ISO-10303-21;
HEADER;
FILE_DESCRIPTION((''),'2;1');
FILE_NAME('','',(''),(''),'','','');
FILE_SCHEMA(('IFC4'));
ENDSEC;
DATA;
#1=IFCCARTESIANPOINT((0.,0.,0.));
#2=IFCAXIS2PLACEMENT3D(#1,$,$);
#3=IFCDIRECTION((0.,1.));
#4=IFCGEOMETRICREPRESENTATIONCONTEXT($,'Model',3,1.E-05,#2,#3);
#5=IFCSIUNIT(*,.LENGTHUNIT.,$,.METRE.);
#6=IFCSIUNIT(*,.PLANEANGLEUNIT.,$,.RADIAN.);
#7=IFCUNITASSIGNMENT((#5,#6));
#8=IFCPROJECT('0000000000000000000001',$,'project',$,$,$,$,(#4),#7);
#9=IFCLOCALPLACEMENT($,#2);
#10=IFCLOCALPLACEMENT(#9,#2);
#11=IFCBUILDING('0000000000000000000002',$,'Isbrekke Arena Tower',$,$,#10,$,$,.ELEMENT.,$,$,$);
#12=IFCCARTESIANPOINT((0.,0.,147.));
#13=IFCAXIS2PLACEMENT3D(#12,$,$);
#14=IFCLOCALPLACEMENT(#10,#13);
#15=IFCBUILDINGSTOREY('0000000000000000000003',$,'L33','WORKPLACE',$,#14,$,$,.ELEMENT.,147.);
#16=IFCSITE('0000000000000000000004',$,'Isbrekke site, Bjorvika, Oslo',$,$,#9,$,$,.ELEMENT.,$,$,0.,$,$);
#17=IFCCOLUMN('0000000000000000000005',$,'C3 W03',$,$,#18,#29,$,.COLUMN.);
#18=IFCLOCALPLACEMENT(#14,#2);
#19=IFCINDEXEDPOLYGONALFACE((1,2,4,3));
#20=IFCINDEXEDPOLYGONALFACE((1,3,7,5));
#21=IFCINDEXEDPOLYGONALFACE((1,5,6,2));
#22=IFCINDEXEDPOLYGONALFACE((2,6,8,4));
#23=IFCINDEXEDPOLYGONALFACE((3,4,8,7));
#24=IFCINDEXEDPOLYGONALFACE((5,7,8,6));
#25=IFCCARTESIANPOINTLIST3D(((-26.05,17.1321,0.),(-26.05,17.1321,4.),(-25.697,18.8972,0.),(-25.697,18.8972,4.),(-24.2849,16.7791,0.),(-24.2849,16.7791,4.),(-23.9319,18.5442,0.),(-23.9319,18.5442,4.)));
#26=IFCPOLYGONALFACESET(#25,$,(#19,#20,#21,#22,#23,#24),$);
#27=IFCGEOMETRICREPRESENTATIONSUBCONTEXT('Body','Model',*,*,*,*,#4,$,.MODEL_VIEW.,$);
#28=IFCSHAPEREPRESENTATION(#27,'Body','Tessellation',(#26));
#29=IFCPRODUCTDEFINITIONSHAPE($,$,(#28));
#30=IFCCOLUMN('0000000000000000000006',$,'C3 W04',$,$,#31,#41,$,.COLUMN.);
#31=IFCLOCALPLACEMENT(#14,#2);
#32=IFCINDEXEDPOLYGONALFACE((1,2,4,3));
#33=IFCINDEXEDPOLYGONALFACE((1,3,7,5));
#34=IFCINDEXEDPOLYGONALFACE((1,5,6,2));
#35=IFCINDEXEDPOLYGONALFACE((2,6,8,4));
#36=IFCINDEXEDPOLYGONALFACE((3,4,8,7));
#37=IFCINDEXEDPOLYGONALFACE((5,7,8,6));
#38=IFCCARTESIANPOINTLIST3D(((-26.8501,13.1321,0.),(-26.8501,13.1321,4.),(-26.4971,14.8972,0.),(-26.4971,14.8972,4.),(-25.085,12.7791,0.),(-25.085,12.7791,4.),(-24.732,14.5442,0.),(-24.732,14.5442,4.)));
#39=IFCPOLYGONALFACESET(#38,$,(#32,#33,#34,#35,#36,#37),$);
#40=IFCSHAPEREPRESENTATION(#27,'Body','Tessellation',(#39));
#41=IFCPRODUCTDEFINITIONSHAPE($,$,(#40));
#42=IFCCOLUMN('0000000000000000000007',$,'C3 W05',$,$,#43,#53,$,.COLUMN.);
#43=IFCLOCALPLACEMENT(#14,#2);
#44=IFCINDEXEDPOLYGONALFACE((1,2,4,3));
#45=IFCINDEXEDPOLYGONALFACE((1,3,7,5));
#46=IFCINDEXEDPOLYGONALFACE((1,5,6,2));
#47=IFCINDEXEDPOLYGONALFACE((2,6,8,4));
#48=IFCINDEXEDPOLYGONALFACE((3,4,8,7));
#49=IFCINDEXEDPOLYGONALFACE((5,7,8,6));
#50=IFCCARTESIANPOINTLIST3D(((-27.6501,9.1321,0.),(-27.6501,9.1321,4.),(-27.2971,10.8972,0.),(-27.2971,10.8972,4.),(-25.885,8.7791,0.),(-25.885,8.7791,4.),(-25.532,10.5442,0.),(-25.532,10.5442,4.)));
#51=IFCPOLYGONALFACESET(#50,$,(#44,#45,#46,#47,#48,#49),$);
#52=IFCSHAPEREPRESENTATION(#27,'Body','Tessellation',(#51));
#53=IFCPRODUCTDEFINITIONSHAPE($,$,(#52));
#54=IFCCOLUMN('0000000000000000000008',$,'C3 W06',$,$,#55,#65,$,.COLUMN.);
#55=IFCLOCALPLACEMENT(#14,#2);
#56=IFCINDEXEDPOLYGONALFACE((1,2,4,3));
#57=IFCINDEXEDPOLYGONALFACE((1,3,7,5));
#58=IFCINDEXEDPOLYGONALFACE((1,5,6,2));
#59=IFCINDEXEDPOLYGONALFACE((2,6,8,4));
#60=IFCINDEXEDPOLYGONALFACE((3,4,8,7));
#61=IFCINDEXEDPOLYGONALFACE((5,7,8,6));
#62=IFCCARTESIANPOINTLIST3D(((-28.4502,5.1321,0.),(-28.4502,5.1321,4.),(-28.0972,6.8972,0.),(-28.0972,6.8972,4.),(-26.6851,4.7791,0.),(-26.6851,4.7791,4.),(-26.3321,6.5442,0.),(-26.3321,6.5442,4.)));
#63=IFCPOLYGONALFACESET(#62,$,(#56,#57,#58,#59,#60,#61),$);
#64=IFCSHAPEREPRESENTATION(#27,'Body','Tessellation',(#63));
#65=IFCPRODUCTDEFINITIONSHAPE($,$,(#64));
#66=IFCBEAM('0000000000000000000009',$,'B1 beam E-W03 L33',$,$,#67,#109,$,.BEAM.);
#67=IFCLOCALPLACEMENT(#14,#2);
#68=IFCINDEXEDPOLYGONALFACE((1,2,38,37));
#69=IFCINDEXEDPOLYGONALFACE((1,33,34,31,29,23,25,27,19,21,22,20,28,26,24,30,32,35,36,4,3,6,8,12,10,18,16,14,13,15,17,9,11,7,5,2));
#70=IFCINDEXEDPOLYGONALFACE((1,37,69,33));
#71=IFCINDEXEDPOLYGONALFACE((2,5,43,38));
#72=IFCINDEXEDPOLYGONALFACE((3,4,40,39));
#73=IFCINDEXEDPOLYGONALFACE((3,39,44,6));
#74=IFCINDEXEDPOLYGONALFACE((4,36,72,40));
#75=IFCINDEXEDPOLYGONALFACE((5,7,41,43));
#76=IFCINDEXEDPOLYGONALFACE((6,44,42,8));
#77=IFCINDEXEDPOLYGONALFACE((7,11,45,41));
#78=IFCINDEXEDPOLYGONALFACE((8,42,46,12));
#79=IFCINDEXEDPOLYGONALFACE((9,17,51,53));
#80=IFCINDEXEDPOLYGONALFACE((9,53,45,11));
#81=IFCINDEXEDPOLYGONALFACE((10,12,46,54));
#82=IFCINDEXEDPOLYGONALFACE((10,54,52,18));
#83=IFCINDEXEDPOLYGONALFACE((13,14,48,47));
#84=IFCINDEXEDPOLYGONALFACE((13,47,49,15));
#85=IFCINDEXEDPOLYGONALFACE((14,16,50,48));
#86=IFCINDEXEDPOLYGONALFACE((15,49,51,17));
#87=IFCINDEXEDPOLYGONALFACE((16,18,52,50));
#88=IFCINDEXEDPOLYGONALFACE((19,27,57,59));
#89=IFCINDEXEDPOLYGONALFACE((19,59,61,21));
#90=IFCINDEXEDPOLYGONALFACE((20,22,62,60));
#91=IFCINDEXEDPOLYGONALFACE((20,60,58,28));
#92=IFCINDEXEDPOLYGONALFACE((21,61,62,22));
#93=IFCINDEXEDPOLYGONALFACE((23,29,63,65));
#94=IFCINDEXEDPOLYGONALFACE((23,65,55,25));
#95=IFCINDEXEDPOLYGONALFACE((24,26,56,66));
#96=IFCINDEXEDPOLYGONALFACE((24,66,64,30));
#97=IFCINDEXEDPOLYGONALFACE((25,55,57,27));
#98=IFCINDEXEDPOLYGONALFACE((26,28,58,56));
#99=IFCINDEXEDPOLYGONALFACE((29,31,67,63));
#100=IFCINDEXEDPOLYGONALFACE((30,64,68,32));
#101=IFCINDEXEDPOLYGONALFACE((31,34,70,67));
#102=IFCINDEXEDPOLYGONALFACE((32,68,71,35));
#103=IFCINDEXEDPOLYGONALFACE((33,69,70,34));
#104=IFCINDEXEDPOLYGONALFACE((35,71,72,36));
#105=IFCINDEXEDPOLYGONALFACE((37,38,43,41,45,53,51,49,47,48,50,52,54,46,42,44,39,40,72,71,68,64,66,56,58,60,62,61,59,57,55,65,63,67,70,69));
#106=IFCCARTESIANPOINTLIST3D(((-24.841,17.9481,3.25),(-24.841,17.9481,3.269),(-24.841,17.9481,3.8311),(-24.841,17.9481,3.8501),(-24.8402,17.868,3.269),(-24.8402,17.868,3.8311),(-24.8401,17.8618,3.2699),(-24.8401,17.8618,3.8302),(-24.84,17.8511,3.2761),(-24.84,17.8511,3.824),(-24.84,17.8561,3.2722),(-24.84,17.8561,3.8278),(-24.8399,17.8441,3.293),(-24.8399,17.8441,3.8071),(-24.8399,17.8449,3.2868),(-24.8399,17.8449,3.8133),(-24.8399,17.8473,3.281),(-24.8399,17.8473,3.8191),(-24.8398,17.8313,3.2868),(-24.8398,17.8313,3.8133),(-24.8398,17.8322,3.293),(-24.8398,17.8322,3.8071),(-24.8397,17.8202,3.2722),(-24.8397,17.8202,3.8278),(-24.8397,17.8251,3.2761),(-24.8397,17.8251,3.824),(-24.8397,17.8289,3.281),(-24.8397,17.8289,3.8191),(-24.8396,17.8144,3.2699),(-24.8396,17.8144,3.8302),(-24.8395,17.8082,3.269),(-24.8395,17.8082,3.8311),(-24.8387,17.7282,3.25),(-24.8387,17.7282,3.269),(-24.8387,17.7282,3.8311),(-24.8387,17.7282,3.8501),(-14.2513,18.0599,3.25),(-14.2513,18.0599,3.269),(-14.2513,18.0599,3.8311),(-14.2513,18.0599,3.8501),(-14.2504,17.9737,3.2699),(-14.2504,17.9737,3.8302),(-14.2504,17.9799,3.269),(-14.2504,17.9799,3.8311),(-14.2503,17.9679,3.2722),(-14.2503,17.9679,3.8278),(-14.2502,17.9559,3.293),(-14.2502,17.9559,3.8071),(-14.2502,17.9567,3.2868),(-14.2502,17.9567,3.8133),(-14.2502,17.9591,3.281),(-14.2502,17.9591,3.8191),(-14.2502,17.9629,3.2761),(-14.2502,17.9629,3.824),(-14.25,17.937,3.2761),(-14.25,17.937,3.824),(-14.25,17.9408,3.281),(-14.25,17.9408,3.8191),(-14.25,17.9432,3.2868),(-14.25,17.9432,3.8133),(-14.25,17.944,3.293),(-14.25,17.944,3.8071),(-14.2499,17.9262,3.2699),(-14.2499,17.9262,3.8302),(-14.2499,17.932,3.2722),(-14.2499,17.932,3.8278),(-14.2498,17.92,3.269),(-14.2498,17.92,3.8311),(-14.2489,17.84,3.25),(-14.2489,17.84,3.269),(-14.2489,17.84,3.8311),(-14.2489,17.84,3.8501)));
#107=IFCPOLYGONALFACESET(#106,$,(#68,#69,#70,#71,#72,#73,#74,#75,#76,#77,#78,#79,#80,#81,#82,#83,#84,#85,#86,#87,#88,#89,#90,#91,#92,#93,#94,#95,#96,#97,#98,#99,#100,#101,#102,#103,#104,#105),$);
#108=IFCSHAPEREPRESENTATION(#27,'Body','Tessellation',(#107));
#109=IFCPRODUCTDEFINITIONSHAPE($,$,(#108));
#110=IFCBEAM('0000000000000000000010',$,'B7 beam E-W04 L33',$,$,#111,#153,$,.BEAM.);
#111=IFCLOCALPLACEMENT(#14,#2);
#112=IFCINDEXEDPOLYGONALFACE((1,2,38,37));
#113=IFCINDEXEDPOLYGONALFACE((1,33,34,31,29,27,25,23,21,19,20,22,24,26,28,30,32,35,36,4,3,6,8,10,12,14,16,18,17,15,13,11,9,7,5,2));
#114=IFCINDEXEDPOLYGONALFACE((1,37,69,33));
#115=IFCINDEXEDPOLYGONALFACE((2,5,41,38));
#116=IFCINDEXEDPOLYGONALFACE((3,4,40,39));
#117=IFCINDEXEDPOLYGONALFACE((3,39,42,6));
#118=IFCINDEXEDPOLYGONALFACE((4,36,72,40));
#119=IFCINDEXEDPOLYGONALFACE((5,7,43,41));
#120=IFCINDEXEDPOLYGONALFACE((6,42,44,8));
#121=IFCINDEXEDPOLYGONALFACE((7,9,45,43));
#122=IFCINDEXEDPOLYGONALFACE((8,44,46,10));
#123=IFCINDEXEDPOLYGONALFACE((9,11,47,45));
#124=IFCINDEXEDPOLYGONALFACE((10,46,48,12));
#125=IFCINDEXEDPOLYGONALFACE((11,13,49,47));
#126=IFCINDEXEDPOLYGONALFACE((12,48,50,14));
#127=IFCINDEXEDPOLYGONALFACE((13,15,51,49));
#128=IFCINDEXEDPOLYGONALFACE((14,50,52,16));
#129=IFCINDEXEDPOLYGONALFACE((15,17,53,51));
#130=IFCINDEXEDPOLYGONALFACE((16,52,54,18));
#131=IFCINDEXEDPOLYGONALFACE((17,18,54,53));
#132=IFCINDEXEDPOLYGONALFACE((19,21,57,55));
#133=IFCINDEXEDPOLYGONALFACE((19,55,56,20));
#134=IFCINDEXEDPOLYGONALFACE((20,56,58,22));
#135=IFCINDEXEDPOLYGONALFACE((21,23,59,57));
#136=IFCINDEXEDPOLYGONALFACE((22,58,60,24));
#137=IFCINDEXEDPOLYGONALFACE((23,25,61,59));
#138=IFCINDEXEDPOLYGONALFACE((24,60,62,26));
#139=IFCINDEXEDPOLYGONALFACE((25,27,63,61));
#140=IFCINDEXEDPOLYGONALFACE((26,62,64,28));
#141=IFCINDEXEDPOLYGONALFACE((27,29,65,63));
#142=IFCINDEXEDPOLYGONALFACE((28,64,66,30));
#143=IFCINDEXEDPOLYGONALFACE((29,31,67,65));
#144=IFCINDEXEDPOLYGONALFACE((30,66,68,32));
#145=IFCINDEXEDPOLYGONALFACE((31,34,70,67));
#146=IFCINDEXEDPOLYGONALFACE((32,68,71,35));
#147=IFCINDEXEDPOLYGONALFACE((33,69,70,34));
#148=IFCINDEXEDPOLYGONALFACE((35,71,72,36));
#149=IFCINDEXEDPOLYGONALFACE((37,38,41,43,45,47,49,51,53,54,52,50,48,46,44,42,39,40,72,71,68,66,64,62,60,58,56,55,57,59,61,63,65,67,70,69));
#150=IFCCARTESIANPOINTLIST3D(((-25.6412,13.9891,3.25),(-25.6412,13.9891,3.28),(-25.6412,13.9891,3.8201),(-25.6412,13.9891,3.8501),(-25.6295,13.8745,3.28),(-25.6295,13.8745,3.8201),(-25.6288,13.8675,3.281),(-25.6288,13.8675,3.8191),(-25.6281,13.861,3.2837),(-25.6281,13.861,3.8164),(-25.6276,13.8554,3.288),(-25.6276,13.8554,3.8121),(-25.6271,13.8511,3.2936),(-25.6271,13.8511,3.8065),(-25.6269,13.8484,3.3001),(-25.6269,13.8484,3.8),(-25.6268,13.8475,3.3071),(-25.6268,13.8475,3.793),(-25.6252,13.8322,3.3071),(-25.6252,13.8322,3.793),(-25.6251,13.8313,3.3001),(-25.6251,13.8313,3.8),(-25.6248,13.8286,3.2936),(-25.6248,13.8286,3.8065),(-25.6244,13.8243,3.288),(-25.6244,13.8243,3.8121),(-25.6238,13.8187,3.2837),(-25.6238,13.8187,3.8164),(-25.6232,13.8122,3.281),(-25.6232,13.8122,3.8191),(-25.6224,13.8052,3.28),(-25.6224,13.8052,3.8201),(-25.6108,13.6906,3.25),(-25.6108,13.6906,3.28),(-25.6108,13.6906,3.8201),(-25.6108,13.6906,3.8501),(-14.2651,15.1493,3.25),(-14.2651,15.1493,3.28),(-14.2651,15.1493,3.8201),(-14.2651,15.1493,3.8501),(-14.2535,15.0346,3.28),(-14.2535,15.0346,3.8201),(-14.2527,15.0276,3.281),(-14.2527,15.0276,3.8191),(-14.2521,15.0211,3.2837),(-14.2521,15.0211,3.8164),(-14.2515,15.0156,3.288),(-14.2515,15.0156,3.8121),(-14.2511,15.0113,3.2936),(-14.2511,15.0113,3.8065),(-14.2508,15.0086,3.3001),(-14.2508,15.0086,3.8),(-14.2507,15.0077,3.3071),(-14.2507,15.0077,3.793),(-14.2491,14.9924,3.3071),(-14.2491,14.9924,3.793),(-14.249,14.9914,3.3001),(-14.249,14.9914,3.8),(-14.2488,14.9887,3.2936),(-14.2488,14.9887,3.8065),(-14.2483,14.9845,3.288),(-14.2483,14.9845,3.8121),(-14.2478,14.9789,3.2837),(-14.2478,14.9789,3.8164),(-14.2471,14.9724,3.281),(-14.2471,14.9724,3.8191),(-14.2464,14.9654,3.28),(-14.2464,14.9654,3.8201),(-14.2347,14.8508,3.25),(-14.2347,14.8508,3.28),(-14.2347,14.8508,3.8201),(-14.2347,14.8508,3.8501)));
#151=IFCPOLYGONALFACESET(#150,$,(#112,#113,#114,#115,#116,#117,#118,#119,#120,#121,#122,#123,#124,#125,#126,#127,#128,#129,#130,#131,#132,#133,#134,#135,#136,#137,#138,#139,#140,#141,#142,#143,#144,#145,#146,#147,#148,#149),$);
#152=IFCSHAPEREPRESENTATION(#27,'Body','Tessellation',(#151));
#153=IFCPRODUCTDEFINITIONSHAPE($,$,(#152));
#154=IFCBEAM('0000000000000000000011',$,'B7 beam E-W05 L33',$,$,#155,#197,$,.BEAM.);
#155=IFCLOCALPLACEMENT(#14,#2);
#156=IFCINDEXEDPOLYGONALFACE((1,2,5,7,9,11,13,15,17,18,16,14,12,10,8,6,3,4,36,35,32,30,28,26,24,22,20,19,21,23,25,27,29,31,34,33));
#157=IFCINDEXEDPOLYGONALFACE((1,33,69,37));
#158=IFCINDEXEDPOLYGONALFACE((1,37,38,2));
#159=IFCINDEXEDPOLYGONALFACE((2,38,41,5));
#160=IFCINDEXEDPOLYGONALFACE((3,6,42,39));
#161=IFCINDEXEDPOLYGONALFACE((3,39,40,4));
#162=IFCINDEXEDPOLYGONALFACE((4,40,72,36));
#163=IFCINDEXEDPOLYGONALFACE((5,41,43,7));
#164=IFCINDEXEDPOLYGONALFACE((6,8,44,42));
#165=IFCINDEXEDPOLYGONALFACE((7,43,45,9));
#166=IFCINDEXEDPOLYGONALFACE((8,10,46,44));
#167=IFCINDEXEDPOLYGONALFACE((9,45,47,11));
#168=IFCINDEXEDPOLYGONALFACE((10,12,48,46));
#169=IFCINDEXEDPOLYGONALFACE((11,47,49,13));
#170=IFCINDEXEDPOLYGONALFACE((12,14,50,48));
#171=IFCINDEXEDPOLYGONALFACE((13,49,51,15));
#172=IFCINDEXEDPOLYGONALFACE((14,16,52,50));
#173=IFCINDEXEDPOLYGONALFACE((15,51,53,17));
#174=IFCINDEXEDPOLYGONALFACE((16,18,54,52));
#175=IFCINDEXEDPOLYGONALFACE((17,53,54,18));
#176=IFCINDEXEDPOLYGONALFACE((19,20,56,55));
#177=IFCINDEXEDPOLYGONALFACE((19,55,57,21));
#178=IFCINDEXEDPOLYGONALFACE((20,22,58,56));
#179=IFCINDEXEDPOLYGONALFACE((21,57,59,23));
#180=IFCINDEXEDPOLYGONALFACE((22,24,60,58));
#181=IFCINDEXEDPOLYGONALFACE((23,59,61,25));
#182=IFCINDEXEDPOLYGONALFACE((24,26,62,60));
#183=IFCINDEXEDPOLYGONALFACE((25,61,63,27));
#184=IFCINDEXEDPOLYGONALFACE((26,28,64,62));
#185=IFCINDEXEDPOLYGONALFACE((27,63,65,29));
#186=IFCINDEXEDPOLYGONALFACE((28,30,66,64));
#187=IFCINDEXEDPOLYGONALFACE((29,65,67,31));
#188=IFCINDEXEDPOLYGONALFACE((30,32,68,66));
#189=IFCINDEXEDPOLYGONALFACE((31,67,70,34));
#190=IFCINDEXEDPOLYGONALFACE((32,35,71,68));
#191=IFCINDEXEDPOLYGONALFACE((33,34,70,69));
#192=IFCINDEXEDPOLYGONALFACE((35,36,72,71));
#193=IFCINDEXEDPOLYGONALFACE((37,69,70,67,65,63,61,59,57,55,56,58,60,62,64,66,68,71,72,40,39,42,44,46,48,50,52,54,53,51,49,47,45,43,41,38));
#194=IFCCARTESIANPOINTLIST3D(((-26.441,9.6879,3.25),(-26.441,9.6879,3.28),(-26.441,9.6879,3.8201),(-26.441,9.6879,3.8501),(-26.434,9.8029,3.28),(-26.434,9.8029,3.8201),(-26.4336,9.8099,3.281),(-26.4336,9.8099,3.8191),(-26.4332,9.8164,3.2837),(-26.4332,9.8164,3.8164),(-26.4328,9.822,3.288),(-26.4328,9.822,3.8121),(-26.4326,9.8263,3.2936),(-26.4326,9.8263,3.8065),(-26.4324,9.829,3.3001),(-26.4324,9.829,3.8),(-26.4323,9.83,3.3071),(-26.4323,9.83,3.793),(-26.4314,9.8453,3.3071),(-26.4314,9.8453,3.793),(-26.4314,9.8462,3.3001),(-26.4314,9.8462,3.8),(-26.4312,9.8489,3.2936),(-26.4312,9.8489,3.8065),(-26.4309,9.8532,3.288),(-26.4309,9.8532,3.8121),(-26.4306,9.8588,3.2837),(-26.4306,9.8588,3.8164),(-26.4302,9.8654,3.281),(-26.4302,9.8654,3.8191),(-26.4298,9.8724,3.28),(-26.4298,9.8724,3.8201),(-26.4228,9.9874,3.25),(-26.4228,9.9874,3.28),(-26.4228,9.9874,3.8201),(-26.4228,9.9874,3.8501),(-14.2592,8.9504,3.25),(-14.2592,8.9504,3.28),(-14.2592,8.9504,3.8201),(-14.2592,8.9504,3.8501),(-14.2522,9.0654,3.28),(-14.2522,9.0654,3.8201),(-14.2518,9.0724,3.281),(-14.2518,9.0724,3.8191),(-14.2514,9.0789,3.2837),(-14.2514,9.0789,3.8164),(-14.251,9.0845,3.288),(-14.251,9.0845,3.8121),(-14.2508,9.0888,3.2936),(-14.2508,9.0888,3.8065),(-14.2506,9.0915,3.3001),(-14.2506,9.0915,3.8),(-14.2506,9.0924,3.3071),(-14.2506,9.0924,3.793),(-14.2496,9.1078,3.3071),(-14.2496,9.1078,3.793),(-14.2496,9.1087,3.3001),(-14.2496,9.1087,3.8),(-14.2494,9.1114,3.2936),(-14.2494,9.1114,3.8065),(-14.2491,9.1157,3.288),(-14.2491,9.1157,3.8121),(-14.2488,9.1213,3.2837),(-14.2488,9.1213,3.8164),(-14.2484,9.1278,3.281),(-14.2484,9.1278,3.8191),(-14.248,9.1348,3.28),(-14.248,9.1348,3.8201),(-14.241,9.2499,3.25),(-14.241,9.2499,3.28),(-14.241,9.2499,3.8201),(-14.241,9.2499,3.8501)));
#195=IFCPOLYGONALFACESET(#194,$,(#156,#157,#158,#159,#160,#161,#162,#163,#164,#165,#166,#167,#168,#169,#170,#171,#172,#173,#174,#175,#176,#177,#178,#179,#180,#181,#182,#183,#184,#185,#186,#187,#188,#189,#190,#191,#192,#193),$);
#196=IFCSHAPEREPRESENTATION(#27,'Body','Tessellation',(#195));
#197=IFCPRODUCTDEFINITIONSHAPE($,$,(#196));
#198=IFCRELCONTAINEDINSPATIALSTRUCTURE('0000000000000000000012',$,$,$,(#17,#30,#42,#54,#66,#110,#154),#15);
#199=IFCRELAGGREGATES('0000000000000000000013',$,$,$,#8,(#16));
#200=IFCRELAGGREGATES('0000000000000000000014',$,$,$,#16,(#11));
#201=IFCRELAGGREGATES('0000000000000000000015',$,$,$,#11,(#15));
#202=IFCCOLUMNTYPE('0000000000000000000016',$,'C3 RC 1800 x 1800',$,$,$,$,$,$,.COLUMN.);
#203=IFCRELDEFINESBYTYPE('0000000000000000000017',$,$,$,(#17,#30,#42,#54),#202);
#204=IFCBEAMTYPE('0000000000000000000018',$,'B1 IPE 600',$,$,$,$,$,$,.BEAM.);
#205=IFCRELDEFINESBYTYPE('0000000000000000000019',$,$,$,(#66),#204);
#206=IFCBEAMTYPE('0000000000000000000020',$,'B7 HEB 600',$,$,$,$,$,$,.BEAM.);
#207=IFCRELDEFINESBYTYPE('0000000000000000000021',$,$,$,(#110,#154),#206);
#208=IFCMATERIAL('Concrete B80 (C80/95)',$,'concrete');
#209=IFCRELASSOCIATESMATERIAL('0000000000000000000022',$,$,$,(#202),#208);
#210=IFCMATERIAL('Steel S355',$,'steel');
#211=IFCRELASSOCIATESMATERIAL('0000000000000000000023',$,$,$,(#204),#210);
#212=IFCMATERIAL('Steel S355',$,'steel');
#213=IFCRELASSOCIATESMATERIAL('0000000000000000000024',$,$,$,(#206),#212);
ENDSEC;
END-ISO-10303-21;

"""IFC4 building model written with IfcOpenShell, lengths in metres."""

from ifc_helpers import new_model, si_unit, direction, frame, origin, origin_2d, place, context, subcontext, project, spatial, rectangle, i_section, extrude, material, material_profile, profile_set, type_object, element, save


model = new_model("IFC4")

# Units and contexts
model_context = context("Model", 3, precision=1e-05, world=origin(), true_north=direction((0.0, 1.0)))
body_context = subcontext(model_context, "Body", "Model", "MODEL_VIEW")
ifc_project = project(units=[si_unit("LENGTHUNIT", "METRE"), si_unit("PLANEANGLEUNIT", "RADIAN")], contexts=[model_context])

# Site, building, storey
site_placement = place(None, origin())
site = spatial("IfcSite", under=ifc_project, at=site_placement, Name="Isbrekke site, Bjorvika, Oslo", CompositionType="ELEMENT", RefElevation=0.0)
building_placement = place(site_placement, origin())
building = spatial("IfcBuilding", under=site, at=building_placement, Name="Isbrekke Arena Tower", CompositionType="ELEMENT")
storey_placement = place(building_placement, frame((0.0, 0.0, 147.0)))
storey = spatial("IfcBuildingStorey", under=building, at=storey_placement, Name="L33", Description="WORKPLACE", CompositionType="ELEMENT", Elevation=147.0)

# Columns
ifc_material_1 = material(Name="Concrete B80 (C80/95)", Category="concrete")
ifc_material_profile_1 = material_profile(ifc_material_1, rectangle(XDim=1.8, YDim=1.8, at=origin_2d()), Name="RC 1800x1800")
ifc_profile_set_1 = profile_set([ifc_material_profile_1], Name="Concrete B80 (C80/95)")
column_type = type_object("IfcColumnType", Name="C3 RC 1800 x 1800", PredefinedType="COLUMN", material=ifc_profile_set_1)
for number, where, z_axis, x_axis, name in (
    (1, (-24.991, 17.8381, 0.0), (0.0, 0.0, 1.0), (-0.196116, -0.980581, 0.0), "C3 W03"),
    (2, (-25.791, 13.8381, 0.0), (0.0, 0.0, 1.0), (-0.196116, -0.980581, 0.0), "C3 W04"),
    (3, (-26.5911, 9.8381, 0.0), (0.0, 0.0, 1.0), (-0.196116, -0.980581, 0.0), "C3 W05"),
    (4, (-27.3911, 5.8381, 0.0), (0.0, 0.0, 1.0), (-0.196116, -0.980581, 0.0), "C3 W06"),
):
    element("IfcColumn", number, at=place(storey_placement, frame(where, z_axis=z_axis, x_axis=x_axis)), inside=storey, type_object=column_type, Name=name, PredefinedType="COLUMN", context=body_context, shape_type="SweptSolid", body=[
        extrude(rectangle(XDim=1.8, YDim=1.8, at=origin_2d()), origin(), (0.0, 0.0, 1.0), 4.0),
    ])

# Beams
ifc_material_2 = material(Name="Steel S355", Category="steel")
ifc_material_profile_2 = material_profile(ifc_material_2, i_section(OverallWidth=0.22, OverallDepth=0.6001, WebThickness=0.012, FlangeThickness=0.019, FilletRadius=0.0239, at=origin_2d()), Name="IPE 600")
ifc_profile_set_2 = profile_set([ifc_material_profile_2], Name="Steel S355")
beam_type_1 = type_object("IfcBeamType", Name="B1 IPE 600", PredefinedType="BEAM", material=ifc_profile_set_2)
beam_1_placement = place(storey_placement, frame((-24.8398, 17.8381, 3.55), z_axis=(0.999944, 0.010558, 0.0), x_axis=(-0.010558, 0.999944, 0.0)))
element("IfcBeam", 5, at=beam_1_placement, inside=storey, type_object=beam_type_1, Name="B1 beam E-W03 L33", PredefinedType="BEAM", context=body_context, shape_type="SweptSolid", body=[
    extrude(i_section(OverallWidth=0.22, OverallDepth=0.6001, WebThickness=0.012, FlangeThickness=0.019, FilletRadius=0.0239, at=origin_2d()), origin(), (0.0, 0.0, 1.0), 10.5903),
])
ifc_material_3 = material(Name="Steel S355", Category="steel")
ifc_material_profile_3 = material_profile(ifc_material_3, i_section(OverallWidth=0.3, OverallDepth=0.6001, WebThickness=0.0154, FlangeThickness=0.03, FilletRadius=0.0271, at=origin_2d()), Name="HEB 600")
ifc_profile_set_3 = profile_set([ifc_material_profile_3], Name="Steel S355")
beam_type_2 = type_object("IfcBeamType", Name="B7 HEB 600", PredefinedType="BEAM", material=ifc_profile_set_3)
beam_2_placement = place(storey_placement, frame((-25.626, 13.8398, 3.55), z_axis=(0.99484, 0.101457, 0.0), x_axis=(-0.101457, 0.99484, 0.0)))
element("IfcBeam", 6, at=beam_2_placement, inside=storey, type_object=beam_type_2, Name="B7 beam E-W04 L33", PredefinedType="BEAM", context=body_context, shape_type="SweptSolid", body=[
    extrude(i_section(OverallWidth=0.3, OverallDepth=0.6001, WebThickness=0.0154, FlangeThickness=0.03, FilletRadius=0.0271, at=origin_2d()), origin(), (0.0, 0.0, 1.0), 11.4351),
])
beam_3_placement = place(storey_placement, frame((-26.4319, 9.8376, 3.55), z_axis=(0.998172, -0.060434, 0.0), x_axis=(0.060434, 0.998172, 0.0)))
element("IfcBeam", 7, at=beam_3_placement, inside=storey, type_object=beam_type_2, Name="B7 beam E-W05 L33", PredefinedType="BEAM", context=body_context, shape_type="SweptSolid", body=[
    extrude(i_section(OverallWidth=0.3, OverallDepth=0.6001, WebThickness=0.0154, FlangeThickness=0.03, FilletRadius=0.0271, at=origin_2d()), origin(), (0.0, 0.0, 1.0), 12.2041),
])

save(model, "model.ifc")
